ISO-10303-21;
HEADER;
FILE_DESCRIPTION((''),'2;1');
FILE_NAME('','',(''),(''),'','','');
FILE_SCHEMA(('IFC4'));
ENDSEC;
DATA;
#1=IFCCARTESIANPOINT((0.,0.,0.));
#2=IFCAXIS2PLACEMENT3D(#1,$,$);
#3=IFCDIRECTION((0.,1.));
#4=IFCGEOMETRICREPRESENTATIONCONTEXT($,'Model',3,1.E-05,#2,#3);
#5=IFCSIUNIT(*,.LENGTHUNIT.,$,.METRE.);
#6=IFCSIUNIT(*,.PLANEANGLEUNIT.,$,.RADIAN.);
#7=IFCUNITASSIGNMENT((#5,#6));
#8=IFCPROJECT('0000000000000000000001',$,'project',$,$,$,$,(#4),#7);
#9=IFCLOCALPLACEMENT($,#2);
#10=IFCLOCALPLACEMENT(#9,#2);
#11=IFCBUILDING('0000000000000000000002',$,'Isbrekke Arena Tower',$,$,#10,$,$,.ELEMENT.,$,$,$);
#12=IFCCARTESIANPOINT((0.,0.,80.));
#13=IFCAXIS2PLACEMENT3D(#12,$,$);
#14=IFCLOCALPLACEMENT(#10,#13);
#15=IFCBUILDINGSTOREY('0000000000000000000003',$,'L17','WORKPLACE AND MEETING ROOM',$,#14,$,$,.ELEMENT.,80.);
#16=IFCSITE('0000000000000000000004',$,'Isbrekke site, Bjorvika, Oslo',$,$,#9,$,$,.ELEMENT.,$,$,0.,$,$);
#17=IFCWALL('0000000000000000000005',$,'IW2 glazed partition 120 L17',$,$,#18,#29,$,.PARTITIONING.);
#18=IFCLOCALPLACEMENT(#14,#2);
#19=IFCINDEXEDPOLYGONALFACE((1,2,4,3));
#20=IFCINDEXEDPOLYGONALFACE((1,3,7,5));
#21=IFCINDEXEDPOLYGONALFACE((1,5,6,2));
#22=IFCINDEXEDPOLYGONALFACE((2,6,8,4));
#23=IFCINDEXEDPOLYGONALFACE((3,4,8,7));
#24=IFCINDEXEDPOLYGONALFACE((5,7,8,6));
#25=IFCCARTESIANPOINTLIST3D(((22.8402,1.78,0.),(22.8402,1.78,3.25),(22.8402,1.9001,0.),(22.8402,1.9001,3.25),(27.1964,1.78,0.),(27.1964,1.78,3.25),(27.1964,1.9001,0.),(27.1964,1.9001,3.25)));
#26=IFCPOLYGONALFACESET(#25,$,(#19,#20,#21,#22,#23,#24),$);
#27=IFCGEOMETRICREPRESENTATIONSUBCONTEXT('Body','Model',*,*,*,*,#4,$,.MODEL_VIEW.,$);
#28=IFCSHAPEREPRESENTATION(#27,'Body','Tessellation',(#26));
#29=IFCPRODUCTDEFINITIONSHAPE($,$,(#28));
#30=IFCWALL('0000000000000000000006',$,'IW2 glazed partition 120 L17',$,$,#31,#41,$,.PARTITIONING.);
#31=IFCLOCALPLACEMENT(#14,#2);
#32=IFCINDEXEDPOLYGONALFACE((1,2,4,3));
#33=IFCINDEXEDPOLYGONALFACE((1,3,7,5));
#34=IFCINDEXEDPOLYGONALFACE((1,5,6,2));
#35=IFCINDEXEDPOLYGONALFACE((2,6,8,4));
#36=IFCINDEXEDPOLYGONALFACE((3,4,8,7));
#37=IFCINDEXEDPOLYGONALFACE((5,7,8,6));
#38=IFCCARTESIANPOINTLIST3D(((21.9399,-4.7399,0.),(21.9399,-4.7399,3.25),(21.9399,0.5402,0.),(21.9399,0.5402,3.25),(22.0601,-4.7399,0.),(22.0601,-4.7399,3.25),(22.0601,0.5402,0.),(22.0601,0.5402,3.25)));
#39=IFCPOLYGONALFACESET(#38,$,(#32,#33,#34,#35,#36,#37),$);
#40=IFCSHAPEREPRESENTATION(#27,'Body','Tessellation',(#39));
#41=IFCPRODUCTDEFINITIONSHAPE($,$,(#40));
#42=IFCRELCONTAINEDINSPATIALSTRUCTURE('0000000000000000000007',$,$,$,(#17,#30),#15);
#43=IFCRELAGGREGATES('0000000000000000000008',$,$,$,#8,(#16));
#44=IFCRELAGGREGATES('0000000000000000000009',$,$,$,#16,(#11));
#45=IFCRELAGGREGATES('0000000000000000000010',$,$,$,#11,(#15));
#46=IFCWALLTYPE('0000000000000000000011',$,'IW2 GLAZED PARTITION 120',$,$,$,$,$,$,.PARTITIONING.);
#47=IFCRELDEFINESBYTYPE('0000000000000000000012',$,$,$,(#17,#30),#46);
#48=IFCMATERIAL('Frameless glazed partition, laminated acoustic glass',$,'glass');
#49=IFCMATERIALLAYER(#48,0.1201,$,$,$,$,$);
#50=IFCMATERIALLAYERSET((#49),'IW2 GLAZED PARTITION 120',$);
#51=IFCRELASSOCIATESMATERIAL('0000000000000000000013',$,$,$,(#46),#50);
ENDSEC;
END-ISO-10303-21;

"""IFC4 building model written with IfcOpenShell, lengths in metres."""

from ifc_helpers import new_model, si_unit, direction, frame, frame_2d, origin, place, context, subcontext, project, spatial, rectangle, extrude, material, layer, layer_set, type_object, element, save


model = new_model("IFC4")

# Units and contexts
model_context = context("Model", 3, precision=1e-05, world=origin(), true_north=direction((0.0, 1.0)))
body_context = subcontext(model_context, "Body", "Model", "MODEL_VIEW")
ifc_project = project(units=[si_unit("LENGTHUNIT", "METRE"), si_unit("PLANEANGLEUNIT", "RADIAN")], contexts=[model_context])

# Site, building, storey
site_placement = place(None, origin())
site = spatial("IfcSite", under=ifc_project, at=site_placement, Name="Isbrekke site, Bjorvika, Oslo", CompositionType="ELEMENT", RefElevation=0.0)
building_placement = place(site_placement, origin())
building = spatial("IfcBuilding", under=site, at=building_placement, Name="Isbrekke Arena Tower", CompositionType="ELEMENT")
storey_placement = place(building_placement, frame((0.0, 0.0, 80.0)))
storey = spatial("IfcBuildingStorey", under=building, at=storey_placement, Name="L17", Description="WORKPLACE AND MEETING ROOM", CompositionType="ELEMENT", Elevation=80.0)

# Walls
ifc_material_1 = material(Name="Frameless glazed partition, laminated acoustic glass", Category="glass")
ifc_layer_1 = layer(ifc_material_1, 0.1201)
ifc_layer_set_1 = layer_set([ifc_layer_1], Name="IW2 GLAZED PARTITION 120")
wall_type = type_object("IfcWallType", Name="IW2 GLAZED PARTITION 120", PredefinedType="PARTITIONING", material=ifc_layer_set_1)
wall_1_placement = place(storey_placement, frame((22.8401, 1.8401, 0.0), z_axis=(0.0, 0.0, 1.0), x_axis=(1.0, 0.0, 0.0)))
element("IfcWall", 1, at=wall_1_placement, inside=storey, type_object=wall_type, Name="IW2 glazed partition 120 L17", PredefinedType="PARTITIONING", context=body_context, shape_type="SweptSolid", body=[
    extrude(rectangle(XDim=4.3562, YDim=0.1201, at=frame_2d((2.1782, 0.0))), origin(), (0.0, 0.0, 1.0), 3.25),
])
wall_2_placement = place(storey_placement, frame((22.0, -4.74, 0.0), z_axis=(0.0, 0.0, 1.0), x_axis=(0.0, 1.0, 0.0)))
element("IfcWall", 2, at=wall_2_placement, inside=storey, type_object=wall_type, Name="IW2 glazed partition 120 L17", PredefinedType="PARTITIONING", context=body_context, shape_type="SweptSolid", body=[
    extrude(rectangle(XDim=5.28, YDim=0.1201, at=frame_2d((2.6401, 0.0))), origin(), (0.0, 0.0, 1.0), 3.25),
])

save(model, "model.ifc")
